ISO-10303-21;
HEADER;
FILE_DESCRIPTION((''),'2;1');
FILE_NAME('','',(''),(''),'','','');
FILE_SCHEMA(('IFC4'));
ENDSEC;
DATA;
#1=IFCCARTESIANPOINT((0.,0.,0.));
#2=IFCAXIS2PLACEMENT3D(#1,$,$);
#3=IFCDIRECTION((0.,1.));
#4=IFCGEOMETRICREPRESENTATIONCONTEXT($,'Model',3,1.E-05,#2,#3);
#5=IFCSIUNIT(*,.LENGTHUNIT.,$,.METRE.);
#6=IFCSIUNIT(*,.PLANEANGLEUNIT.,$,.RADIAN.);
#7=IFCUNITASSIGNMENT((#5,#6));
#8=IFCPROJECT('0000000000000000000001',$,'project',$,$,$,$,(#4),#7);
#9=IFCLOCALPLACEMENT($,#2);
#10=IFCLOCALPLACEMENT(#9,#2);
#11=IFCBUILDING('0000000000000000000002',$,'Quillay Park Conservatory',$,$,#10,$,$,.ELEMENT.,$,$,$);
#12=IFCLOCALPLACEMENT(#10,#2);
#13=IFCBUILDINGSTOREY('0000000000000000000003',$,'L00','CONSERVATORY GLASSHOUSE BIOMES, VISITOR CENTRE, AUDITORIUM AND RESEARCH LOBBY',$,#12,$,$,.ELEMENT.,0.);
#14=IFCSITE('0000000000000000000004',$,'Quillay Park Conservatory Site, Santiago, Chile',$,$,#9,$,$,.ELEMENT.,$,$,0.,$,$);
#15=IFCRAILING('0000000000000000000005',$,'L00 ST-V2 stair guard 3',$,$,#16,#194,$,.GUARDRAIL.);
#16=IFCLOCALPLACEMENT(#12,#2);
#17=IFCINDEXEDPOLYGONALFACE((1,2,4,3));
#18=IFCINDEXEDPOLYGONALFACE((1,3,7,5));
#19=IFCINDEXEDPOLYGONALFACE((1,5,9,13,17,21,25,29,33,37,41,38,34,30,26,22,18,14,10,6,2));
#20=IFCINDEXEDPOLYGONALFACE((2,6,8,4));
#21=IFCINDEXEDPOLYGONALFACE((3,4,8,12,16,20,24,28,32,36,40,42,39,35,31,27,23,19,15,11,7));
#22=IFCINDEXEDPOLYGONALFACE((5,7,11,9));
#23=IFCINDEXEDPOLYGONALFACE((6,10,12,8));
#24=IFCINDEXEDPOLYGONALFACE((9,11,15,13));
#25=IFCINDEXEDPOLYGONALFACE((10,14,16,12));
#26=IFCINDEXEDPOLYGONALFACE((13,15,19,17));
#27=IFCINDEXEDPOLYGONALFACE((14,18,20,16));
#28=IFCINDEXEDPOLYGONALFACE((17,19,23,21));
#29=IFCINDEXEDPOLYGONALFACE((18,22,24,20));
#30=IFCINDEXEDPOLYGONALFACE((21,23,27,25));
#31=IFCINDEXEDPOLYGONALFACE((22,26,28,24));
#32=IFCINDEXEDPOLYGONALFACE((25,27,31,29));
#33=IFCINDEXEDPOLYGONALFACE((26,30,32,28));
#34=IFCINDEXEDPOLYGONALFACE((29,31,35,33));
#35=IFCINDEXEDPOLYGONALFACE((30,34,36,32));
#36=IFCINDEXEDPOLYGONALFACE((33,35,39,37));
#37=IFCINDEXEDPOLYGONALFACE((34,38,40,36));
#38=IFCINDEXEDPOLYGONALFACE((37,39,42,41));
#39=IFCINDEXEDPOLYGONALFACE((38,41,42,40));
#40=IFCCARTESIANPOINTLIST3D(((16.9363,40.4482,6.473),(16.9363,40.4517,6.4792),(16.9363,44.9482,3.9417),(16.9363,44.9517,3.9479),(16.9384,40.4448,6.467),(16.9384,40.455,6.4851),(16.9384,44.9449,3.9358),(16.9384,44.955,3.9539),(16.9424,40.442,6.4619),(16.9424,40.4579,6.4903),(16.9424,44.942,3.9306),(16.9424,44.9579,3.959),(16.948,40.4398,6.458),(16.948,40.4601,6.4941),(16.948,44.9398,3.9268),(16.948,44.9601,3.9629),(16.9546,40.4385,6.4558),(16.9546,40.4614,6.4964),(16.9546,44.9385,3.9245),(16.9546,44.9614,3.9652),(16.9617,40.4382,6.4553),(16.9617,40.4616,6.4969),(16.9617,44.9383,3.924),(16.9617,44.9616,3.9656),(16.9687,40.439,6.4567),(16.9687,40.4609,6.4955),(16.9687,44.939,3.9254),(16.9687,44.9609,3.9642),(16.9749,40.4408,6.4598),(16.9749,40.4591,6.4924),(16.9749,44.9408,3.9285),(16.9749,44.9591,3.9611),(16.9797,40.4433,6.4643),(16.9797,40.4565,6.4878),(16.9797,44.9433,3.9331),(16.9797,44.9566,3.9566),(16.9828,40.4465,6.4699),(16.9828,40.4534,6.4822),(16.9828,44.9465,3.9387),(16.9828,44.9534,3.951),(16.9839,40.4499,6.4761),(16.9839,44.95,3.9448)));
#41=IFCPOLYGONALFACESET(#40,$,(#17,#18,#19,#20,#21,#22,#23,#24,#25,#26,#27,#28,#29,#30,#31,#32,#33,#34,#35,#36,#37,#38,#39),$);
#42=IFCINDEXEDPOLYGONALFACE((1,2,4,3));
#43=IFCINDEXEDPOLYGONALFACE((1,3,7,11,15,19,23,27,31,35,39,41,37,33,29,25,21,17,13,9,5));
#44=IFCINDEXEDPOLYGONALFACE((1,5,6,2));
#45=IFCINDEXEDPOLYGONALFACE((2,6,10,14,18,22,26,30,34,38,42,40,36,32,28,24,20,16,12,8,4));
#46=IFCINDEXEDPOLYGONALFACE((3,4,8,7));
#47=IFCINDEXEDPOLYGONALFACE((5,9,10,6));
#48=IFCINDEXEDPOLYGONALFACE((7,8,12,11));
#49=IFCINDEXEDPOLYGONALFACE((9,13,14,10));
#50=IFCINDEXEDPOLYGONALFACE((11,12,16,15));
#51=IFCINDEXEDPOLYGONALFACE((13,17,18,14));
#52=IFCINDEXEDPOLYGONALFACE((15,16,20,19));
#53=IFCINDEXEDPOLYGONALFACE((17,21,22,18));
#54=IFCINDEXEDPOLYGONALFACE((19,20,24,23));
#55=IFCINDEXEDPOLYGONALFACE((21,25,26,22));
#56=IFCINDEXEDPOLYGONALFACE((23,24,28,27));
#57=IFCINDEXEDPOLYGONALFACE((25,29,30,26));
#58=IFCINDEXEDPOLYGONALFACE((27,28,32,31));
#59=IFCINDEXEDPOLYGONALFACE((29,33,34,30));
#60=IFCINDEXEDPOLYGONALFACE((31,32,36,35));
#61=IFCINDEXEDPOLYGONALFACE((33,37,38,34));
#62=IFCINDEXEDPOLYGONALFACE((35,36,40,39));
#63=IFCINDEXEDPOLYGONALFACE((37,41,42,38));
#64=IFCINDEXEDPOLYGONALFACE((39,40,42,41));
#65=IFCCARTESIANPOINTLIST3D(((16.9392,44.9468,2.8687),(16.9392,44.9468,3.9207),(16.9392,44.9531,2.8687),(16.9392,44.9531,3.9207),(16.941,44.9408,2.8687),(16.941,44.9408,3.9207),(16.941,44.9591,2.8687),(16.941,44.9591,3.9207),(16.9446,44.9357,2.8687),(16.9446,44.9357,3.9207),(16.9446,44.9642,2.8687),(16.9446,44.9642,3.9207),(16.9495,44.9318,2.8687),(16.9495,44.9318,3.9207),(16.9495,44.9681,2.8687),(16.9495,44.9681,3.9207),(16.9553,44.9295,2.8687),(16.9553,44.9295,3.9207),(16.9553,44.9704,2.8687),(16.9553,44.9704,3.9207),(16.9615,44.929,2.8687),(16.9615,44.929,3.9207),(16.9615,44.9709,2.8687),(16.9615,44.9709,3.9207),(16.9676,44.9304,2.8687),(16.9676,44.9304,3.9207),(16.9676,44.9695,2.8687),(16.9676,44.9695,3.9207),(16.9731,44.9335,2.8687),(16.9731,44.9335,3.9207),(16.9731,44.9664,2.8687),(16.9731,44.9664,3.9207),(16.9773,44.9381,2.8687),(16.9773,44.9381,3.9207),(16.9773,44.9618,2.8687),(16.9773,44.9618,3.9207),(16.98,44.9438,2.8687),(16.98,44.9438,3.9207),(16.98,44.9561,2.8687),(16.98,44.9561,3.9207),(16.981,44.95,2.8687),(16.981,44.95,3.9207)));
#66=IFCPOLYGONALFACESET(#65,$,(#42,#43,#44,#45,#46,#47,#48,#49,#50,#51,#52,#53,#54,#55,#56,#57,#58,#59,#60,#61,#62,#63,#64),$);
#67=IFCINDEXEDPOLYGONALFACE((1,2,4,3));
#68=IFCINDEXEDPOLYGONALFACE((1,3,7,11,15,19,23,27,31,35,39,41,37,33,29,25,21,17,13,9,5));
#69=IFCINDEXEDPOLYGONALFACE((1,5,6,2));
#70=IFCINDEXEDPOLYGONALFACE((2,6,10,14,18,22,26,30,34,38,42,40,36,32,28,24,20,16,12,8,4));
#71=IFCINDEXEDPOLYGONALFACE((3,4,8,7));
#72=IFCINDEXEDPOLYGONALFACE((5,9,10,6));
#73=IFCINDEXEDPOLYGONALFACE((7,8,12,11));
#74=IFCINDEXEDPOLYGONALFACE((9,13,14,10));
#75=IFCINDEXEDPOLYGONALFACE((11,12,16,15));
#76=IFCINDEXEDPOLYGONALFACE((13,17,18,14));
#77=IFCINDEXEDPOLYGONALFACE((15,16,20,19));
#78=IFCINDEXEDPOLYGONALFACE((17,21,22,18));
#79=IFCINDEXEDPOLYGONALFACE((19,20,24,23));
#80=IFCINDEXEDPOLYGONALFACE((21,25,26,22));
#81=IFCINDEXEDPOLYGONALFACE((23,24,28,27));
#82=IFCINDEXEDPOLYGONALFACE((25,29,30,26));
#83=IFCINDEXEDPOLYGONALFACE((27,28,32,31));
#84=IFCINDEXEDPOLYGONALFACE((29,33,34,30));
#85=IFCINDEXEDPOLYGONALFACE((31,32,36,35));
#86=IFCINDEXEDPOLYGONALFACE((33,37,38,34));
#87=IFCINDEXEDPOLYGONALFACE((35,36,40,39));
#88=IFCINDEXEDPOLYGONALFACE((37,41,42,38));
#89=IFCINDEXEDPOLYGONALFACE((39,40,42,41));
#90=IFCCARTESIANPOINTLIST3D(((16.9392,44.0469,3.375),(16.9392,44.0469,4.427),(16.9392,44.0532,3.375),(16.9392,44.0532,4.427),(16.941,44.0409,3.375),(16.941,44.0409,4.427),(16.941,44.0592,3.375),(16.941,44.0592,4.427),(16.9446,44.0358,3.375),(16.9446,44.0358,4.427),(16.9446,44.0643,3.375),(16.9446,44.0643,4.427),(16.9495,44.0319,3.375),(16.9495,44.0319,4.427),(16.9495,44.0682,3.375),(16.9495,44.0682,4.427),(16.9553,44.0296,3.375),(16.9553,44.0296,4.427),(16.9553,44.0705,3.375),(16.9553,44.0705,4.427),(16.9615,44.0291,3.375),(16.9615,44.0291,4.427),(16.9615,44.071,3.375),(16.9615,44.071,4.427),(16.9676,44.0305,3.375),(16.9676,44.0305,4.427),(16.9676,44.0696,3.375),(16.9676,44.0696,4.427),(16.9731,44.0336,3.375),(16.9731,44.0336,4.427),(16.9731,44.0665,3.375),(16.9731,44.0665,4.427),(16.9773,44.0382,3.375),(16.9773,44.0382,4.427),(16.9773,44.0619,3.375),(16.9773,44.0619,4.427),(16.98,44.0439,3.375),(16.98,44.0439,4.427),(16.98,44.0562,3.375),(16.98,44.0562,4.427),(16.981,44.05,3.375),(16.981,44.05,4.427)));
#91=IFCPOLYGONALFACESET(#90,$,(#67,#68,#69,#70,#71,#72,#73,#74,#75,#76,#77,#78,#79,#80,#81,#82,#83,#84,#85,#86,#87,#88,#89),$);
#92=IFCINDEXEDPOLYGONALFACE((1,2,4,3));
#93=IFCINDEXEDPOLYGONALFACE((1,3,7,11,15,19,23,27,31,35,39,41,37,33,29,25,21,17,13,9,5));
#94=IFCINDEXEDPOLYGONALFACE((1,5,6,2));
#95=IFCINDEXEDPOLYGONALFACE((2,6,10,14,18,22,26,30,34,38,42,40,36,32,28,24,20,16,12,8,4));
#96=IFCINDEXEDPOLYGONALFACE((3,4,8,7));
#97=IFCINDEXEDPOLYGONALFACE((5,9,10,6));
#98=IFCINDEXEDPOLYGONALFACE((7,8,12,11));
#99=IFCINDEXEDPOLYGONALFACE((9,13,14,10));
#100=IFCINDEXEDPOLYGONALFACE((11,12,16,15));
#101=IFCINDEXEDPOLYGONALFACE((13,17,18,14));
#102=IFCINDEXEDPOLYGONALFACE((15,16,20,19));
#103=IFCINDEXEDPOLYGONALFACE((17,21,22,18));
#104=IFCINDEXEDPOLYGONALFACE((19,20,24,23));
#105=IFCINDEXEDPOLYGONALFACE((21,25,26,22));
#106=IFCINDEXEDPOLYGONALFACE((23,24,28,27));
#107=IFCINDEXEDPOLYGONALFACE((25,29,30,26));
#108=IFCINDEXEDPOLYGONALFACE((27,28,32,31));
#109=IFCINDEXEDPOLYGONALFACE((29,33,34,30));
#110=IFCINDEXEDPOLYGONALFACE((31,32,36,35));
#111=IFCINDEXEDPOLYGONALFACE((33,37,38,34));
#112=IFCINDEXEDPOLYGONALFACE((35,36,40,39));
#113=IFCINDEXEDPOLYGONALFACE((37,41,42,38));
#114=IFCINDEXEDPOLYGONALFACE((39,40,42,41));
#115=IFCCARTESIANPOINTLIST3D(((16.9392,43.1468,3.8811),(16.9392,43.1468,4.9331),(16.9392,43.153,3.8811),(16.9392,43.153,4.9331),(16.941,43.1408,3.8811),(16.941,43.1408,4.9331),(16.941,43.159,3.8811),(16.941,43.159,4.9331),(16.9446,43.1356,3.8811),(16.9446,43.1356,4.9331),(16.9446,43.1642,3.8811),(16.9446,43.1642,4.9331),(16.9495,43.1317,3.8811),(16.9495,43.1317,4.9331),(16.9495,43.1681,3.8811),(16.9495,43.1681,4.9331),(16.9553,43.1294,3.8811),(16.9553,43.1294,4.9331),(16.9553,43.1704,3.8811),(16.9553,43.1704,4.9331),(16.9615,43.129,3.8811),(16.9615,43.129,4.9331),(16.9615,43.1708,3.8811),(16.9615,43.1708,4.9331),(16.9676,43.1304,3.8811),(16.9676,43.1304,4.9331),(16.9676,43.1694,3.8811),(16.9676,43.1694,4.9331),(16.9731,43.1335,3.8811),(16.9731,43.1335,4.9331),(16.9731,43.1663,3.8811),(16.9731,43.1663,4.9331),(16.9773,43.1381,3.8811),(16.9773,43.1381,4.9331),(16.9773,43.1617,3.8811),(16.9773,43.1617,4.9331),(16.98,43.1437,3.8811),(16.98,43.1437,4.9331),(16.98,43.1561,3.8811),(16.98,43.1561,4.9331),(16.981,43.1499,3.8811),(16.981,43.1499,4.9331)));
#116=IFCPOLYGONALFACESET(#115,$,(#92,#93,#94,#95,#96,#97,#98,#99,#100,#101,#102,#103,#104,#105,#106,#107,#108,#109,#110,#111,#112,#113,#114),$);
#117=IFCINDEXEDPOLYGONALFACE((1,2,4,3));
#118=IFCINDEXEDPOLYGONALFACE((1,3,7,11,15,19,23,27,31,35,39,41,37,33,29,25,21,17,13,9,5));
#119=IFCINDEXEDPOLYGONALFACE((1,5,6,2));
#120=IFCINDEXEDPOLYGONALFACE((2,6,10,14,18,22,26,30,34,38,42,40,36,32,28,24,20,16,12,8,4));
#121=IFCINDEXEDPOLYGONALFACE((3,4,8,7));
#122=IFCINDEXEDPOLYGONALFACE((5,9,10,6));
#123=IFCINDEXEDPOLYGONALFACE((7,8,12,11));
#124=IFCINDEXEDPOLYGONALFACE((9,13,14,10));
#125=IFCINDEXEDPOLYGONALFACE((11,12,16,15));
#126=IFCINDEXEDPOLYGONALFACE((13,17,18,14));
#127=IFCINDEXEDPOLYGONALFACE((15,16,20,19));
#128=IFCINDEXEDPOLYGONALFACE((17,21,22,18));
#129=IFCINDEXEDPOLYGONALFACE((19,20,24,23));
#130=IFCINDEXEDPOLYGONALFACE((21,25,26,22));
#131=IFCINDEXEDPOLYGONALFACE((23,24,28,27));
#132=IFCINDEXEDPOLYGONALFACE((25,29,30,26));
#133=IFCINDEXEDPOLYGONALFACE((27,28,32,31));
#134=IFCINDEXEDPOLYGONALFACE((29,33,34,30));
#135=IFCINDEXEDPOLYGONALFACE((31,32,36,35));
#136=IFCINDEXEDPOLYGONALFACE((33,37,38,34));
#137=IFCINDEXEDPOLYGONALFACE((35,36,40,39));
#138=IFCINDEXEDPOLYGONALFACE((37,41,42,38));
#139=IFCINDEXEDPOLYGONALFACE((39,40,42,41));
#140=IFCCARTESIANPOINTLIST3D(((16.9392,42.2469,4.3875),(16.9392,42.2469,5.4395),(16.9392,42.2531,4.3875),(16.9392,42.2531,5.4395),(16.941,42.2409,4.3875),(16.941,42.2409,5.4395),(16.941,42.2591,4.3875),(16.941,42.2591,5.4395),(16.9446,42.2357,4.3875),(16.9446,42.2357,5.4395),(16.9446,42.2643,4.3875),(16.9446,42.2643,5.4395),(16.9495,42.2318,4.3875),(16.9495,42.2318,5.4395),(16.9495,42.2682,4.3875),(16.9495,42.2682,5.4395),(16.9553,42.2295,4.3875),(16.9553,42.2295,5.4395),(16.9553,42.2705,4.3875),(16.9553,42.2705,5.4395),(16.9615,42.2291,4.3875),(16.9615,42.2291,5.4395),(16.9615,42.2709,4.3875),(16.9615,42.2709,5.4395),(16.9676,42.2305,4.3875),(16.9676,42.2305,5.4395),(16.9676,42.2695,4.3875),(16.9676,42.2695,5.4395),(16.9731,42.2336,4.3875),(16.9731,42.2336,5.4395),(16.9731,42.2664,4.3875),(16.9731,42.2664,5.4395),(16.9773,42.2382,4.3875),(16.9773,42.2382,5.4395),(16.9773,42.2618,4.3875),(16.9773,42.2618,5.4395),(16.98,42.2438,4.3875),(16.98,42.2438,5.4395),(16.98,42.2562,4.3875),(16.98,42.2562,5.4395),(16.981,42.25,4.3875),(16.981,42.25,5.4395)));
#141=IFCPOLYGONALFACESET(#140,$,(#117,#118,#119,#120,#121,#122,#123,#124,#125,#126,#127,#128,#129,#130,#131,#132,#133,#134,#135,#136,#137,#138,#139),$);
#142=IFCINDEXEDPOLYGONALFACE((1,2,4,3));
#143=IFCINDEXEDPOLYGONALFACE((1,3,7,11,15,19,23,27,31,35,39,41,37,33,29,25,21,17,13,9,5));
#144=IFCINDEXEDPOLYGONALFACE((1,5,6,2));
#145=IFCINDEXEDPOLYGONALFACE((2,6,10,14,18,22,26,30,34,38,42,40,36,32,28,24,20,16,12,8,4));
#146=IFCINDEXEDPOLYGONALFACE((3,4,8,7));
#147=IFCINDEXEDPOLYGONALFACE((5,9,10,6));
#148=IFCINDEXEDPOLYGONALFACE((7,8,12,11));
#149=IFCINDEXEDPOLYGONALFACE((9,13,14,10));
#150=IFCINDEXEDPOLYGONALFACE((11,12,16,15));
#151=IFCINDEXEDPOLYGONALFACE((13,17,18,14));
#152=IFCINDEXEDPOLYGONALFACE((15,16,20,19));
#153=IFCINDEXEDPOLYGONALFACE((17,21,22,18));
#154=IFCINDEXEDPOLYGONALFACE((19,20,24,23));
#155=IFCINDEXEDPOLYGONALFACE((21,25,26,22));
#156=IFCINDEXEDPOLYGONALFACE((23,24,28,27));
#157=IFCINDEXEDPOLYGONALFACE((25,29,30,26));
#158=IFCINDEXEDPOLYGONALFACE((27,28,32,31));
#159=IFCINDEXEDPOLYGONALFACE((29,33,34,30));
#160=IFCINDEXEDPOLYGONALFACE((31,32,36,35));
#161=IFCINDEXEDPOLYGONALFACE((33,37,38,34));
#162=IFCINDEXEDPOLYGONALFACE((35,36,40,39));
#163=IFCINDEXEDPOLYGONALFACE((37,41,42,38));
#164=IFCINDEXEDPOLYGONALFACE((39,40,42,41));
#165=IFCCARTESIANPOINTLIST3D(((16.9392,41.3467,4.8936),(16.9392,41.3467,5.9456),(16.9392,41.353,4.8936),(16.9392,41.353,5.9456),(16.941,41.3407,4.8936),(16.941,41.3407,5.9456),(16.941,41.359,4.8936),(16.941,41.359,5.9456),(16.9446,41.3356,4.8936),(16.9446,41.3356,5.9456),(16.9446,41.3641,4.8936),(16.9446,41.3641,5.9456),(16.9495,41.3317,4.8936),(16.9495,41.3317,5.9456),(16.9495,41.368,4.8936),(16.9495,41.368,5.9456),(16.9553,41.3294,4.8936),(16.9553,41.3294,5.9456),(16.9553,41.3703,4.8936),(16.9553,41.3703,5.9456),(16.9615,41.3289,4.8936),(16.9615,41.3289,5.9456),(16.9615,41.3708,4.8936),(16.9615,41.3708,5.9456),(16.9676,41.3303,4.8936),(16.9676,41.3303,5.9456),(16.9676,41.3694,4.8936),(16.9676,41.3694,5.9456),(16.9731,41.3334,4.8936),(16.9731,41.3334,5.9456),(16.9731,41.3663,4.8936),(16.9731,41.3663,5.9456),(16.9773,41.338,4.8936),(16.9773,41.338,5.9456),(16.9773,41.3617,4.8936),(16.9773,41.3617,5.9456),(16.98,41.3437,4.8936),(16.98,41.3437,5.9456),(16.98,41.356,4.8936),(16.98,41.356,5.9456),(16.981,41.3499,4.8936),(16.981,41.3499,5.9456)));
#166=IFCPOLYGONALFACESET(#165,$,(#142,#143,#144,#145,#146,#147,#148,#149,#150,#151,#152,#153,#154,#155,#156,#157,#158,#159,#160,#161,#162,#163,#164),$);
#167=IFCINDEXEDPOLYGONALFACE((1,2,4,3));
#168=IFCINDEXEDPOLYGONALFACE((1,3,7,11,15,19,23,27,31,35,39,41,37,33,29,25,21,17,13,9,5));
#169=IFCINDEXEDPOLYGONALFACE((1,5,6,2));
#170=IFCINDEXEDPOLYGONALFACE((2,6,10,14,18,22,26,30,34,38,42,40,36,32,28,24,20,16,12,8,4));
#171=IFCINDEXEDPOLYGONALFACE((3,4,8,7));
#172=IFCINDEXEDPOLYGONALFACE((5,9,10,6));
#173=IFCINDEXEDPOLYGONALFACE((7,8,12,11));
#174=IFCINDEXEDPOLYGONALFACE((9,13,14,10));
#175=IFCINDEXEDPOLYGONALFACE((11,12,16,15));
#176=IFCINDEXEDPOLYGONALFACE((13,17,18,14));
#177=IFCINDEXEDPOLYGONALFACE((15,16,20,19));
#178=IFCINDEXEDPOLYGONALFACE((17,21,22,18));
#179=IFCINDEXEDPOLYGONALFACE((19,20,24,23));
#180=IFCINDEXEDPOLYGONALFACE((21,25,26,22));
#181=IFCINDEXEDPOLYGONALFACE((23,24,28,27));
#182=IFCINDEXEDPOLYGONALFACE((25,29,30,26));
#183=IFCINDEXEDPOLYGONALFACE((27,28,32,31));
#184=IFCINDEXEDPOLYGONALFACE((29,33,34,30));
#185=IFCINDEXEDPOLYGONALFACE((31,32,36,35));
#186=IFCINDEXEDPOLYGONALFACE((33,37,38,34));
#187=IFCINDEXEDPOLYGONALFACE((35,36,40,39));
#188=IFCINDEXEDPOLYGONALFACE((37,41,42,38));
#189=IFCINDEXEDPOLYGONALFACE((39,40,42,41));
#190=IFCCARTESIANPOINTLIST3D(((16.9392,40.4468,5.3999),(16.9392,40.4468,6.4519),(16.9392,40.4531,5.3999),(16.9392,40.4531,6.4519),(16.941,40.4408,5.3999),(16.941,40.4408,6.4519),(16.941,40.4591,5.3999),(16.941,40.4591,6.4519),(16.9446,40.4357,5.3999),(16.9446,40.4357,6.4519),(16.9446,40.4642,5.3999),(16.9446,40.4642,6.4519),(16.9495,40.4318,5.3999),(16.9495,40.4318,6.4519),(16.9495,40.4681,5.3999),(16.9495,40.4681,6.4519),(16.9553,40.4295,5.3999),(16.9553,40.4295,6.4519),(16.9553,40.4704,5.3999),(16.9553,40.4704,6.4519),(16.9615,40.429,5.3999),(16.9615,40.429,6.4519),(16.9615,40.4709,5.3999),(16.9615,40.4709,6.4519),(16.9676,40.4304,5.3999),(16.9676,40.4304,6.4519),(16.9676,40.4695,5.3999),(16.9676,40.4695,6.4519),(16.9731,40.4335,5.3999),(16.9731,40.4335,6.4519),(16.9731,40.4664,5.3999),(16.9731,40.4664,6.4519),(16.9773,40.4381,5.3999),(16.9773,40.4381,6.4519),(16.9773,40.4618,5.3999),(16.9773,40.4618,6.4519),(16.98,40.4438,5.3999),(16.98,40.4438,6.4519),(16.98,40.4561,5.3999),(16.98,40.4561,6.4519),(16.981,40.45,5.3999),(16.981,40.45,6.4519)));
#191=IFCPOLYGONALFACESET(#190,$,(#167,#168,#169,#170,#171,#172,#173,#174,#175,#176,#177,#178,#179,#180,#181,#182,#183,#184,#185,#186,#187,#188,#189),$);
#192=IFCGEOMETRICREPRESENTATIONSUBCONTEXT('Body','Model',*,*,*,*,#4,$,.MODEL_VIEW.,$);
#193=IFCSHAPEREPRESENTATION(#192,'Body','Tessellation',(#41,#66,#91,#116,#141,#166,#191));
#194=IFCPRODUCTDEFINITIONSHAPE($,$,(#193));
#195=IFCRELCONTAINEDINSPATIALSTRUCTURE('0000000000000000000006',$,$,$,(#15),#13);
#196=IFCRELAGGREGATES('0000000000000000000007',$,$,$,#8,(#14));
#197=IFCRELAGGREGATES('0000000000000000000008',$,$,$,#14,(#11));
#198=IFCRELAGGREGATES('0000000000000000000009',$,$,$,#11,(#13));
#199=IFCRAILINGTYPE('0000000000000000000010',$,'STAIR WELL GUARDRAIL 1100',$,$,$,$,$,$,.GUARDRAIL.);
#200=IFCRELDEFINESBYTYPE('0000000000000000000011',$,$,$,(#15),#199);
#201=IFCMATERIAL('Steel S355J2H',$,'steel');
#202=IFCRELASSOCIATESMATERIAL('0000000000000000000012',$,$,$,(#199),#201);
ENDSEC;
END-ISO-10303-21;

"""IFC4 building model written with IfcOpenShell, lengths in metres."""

from ifc_helpers import new_model, si_unit, direction, frame, origin, origin_2d, place, context, subcontext, project, spatial, circle, extrude, material, type_object, element, save


model = new_model("IFC4")

# Units and contexts
model_context = context("Model", 3, precision=1e-05, world=origin(), true_north=direction((0.0, 1.0)))
body_context = subcontext(model_context, "Body", "Model", "MODEL_VIEW")
ifc_project = project(units=[si_unit("LENGTHUNIT", "METRE"), si_unit("PLANEANGLEUNIT", "RADIAN")], contexts=[model_context])

# Site, building, storey
site_placement = place(None, origin())
site = spatial("IfcSite", under=ifc_project, at=site_placement, Name="Quillay Park Conservatory Site, Santiago, Chile", CompositionType="ELEMENT", RefElevation=0.0)
building_placement = place(site_placement, origin())
building = spatial("IfcBuilding", under=site, at=building_placement, Name="Quillay Park Conservatory", CompositionType="ELEMENT")
storey_placement = place(building_placement, origin())
storey = spatial("IfcBuildingStorey", under=building, at=storey_placement, Name="L00", Description="CONSERVATORY GLASSHOUSE BIOMES, VISITOR CENTRE, AUDITORIUM AND RESEARCH LOBBY", CompositionType="ELEMENT", Elevation=0.0)

# Railing
ifc_material_1 = material(Name="Steel S355J2H", Category="steel")
railing_type_1 = type_object("IfcRailingType", Name="STAIR WELL GUARDRAIL 1100", PredefinedType="GUARDRAIL", material=ifc_material_1)
railing_1_placement = place(storey_placement, frame((16.96, 44.95, 2.8687)))
element("IfcRailing", 1, at=railing_1_placement, inside=storey, type_object=railing_type_1, Name="L00 ST-V2 stair guard 3", PredefinedType="GUARDRAIL", context=body_context, shape_type="SweptSolid", body=[
    extrude(circle(Radius=0.0239, at=origin_2d()), frame((0.0, 0.0, 1.0762), z_axis=(0.0, -0.871576, 0.490261), x_axis=(1.0, 0.0, 0.0)), (0.0, 0.0, 1.0), 5.1631),
    extrude(circle(Radius=0.021, at=origin_2d()), origin(), (0.0, 0.0, 1.0), 1.052),
    extrude(circle(Radius=0.021, at=origin_2d()), frame((0.0, -0.8999, 0.5063)), (0.0, 0.0, 1.0), 1.052),
    extrude(circle(Radius=0.021, at=origin_2d()), frame((0.0, -1.8, 1.0125)), (0.0, 0.0, 1.0), 1.052),
    extrude(circle(Radius=0.021, at=origin_2d()), frame((0.0, -2.7, 1.5188)), (0.0, 0.0, 1.0), 1.052),
    extrude(circle(Radius=0.021, at=origin_2d()), frame((0.0, -3.6001, 2.0249)), (0.0, 0.0, 1.0), 1.052),
    extrude(circle(Radius=0.021, at=origin_2d()), frame((0.0, -4.5, 2.5312)), (0.0, 0.0, 1.0), 1.052),
])

save(model, "model.ifc")
